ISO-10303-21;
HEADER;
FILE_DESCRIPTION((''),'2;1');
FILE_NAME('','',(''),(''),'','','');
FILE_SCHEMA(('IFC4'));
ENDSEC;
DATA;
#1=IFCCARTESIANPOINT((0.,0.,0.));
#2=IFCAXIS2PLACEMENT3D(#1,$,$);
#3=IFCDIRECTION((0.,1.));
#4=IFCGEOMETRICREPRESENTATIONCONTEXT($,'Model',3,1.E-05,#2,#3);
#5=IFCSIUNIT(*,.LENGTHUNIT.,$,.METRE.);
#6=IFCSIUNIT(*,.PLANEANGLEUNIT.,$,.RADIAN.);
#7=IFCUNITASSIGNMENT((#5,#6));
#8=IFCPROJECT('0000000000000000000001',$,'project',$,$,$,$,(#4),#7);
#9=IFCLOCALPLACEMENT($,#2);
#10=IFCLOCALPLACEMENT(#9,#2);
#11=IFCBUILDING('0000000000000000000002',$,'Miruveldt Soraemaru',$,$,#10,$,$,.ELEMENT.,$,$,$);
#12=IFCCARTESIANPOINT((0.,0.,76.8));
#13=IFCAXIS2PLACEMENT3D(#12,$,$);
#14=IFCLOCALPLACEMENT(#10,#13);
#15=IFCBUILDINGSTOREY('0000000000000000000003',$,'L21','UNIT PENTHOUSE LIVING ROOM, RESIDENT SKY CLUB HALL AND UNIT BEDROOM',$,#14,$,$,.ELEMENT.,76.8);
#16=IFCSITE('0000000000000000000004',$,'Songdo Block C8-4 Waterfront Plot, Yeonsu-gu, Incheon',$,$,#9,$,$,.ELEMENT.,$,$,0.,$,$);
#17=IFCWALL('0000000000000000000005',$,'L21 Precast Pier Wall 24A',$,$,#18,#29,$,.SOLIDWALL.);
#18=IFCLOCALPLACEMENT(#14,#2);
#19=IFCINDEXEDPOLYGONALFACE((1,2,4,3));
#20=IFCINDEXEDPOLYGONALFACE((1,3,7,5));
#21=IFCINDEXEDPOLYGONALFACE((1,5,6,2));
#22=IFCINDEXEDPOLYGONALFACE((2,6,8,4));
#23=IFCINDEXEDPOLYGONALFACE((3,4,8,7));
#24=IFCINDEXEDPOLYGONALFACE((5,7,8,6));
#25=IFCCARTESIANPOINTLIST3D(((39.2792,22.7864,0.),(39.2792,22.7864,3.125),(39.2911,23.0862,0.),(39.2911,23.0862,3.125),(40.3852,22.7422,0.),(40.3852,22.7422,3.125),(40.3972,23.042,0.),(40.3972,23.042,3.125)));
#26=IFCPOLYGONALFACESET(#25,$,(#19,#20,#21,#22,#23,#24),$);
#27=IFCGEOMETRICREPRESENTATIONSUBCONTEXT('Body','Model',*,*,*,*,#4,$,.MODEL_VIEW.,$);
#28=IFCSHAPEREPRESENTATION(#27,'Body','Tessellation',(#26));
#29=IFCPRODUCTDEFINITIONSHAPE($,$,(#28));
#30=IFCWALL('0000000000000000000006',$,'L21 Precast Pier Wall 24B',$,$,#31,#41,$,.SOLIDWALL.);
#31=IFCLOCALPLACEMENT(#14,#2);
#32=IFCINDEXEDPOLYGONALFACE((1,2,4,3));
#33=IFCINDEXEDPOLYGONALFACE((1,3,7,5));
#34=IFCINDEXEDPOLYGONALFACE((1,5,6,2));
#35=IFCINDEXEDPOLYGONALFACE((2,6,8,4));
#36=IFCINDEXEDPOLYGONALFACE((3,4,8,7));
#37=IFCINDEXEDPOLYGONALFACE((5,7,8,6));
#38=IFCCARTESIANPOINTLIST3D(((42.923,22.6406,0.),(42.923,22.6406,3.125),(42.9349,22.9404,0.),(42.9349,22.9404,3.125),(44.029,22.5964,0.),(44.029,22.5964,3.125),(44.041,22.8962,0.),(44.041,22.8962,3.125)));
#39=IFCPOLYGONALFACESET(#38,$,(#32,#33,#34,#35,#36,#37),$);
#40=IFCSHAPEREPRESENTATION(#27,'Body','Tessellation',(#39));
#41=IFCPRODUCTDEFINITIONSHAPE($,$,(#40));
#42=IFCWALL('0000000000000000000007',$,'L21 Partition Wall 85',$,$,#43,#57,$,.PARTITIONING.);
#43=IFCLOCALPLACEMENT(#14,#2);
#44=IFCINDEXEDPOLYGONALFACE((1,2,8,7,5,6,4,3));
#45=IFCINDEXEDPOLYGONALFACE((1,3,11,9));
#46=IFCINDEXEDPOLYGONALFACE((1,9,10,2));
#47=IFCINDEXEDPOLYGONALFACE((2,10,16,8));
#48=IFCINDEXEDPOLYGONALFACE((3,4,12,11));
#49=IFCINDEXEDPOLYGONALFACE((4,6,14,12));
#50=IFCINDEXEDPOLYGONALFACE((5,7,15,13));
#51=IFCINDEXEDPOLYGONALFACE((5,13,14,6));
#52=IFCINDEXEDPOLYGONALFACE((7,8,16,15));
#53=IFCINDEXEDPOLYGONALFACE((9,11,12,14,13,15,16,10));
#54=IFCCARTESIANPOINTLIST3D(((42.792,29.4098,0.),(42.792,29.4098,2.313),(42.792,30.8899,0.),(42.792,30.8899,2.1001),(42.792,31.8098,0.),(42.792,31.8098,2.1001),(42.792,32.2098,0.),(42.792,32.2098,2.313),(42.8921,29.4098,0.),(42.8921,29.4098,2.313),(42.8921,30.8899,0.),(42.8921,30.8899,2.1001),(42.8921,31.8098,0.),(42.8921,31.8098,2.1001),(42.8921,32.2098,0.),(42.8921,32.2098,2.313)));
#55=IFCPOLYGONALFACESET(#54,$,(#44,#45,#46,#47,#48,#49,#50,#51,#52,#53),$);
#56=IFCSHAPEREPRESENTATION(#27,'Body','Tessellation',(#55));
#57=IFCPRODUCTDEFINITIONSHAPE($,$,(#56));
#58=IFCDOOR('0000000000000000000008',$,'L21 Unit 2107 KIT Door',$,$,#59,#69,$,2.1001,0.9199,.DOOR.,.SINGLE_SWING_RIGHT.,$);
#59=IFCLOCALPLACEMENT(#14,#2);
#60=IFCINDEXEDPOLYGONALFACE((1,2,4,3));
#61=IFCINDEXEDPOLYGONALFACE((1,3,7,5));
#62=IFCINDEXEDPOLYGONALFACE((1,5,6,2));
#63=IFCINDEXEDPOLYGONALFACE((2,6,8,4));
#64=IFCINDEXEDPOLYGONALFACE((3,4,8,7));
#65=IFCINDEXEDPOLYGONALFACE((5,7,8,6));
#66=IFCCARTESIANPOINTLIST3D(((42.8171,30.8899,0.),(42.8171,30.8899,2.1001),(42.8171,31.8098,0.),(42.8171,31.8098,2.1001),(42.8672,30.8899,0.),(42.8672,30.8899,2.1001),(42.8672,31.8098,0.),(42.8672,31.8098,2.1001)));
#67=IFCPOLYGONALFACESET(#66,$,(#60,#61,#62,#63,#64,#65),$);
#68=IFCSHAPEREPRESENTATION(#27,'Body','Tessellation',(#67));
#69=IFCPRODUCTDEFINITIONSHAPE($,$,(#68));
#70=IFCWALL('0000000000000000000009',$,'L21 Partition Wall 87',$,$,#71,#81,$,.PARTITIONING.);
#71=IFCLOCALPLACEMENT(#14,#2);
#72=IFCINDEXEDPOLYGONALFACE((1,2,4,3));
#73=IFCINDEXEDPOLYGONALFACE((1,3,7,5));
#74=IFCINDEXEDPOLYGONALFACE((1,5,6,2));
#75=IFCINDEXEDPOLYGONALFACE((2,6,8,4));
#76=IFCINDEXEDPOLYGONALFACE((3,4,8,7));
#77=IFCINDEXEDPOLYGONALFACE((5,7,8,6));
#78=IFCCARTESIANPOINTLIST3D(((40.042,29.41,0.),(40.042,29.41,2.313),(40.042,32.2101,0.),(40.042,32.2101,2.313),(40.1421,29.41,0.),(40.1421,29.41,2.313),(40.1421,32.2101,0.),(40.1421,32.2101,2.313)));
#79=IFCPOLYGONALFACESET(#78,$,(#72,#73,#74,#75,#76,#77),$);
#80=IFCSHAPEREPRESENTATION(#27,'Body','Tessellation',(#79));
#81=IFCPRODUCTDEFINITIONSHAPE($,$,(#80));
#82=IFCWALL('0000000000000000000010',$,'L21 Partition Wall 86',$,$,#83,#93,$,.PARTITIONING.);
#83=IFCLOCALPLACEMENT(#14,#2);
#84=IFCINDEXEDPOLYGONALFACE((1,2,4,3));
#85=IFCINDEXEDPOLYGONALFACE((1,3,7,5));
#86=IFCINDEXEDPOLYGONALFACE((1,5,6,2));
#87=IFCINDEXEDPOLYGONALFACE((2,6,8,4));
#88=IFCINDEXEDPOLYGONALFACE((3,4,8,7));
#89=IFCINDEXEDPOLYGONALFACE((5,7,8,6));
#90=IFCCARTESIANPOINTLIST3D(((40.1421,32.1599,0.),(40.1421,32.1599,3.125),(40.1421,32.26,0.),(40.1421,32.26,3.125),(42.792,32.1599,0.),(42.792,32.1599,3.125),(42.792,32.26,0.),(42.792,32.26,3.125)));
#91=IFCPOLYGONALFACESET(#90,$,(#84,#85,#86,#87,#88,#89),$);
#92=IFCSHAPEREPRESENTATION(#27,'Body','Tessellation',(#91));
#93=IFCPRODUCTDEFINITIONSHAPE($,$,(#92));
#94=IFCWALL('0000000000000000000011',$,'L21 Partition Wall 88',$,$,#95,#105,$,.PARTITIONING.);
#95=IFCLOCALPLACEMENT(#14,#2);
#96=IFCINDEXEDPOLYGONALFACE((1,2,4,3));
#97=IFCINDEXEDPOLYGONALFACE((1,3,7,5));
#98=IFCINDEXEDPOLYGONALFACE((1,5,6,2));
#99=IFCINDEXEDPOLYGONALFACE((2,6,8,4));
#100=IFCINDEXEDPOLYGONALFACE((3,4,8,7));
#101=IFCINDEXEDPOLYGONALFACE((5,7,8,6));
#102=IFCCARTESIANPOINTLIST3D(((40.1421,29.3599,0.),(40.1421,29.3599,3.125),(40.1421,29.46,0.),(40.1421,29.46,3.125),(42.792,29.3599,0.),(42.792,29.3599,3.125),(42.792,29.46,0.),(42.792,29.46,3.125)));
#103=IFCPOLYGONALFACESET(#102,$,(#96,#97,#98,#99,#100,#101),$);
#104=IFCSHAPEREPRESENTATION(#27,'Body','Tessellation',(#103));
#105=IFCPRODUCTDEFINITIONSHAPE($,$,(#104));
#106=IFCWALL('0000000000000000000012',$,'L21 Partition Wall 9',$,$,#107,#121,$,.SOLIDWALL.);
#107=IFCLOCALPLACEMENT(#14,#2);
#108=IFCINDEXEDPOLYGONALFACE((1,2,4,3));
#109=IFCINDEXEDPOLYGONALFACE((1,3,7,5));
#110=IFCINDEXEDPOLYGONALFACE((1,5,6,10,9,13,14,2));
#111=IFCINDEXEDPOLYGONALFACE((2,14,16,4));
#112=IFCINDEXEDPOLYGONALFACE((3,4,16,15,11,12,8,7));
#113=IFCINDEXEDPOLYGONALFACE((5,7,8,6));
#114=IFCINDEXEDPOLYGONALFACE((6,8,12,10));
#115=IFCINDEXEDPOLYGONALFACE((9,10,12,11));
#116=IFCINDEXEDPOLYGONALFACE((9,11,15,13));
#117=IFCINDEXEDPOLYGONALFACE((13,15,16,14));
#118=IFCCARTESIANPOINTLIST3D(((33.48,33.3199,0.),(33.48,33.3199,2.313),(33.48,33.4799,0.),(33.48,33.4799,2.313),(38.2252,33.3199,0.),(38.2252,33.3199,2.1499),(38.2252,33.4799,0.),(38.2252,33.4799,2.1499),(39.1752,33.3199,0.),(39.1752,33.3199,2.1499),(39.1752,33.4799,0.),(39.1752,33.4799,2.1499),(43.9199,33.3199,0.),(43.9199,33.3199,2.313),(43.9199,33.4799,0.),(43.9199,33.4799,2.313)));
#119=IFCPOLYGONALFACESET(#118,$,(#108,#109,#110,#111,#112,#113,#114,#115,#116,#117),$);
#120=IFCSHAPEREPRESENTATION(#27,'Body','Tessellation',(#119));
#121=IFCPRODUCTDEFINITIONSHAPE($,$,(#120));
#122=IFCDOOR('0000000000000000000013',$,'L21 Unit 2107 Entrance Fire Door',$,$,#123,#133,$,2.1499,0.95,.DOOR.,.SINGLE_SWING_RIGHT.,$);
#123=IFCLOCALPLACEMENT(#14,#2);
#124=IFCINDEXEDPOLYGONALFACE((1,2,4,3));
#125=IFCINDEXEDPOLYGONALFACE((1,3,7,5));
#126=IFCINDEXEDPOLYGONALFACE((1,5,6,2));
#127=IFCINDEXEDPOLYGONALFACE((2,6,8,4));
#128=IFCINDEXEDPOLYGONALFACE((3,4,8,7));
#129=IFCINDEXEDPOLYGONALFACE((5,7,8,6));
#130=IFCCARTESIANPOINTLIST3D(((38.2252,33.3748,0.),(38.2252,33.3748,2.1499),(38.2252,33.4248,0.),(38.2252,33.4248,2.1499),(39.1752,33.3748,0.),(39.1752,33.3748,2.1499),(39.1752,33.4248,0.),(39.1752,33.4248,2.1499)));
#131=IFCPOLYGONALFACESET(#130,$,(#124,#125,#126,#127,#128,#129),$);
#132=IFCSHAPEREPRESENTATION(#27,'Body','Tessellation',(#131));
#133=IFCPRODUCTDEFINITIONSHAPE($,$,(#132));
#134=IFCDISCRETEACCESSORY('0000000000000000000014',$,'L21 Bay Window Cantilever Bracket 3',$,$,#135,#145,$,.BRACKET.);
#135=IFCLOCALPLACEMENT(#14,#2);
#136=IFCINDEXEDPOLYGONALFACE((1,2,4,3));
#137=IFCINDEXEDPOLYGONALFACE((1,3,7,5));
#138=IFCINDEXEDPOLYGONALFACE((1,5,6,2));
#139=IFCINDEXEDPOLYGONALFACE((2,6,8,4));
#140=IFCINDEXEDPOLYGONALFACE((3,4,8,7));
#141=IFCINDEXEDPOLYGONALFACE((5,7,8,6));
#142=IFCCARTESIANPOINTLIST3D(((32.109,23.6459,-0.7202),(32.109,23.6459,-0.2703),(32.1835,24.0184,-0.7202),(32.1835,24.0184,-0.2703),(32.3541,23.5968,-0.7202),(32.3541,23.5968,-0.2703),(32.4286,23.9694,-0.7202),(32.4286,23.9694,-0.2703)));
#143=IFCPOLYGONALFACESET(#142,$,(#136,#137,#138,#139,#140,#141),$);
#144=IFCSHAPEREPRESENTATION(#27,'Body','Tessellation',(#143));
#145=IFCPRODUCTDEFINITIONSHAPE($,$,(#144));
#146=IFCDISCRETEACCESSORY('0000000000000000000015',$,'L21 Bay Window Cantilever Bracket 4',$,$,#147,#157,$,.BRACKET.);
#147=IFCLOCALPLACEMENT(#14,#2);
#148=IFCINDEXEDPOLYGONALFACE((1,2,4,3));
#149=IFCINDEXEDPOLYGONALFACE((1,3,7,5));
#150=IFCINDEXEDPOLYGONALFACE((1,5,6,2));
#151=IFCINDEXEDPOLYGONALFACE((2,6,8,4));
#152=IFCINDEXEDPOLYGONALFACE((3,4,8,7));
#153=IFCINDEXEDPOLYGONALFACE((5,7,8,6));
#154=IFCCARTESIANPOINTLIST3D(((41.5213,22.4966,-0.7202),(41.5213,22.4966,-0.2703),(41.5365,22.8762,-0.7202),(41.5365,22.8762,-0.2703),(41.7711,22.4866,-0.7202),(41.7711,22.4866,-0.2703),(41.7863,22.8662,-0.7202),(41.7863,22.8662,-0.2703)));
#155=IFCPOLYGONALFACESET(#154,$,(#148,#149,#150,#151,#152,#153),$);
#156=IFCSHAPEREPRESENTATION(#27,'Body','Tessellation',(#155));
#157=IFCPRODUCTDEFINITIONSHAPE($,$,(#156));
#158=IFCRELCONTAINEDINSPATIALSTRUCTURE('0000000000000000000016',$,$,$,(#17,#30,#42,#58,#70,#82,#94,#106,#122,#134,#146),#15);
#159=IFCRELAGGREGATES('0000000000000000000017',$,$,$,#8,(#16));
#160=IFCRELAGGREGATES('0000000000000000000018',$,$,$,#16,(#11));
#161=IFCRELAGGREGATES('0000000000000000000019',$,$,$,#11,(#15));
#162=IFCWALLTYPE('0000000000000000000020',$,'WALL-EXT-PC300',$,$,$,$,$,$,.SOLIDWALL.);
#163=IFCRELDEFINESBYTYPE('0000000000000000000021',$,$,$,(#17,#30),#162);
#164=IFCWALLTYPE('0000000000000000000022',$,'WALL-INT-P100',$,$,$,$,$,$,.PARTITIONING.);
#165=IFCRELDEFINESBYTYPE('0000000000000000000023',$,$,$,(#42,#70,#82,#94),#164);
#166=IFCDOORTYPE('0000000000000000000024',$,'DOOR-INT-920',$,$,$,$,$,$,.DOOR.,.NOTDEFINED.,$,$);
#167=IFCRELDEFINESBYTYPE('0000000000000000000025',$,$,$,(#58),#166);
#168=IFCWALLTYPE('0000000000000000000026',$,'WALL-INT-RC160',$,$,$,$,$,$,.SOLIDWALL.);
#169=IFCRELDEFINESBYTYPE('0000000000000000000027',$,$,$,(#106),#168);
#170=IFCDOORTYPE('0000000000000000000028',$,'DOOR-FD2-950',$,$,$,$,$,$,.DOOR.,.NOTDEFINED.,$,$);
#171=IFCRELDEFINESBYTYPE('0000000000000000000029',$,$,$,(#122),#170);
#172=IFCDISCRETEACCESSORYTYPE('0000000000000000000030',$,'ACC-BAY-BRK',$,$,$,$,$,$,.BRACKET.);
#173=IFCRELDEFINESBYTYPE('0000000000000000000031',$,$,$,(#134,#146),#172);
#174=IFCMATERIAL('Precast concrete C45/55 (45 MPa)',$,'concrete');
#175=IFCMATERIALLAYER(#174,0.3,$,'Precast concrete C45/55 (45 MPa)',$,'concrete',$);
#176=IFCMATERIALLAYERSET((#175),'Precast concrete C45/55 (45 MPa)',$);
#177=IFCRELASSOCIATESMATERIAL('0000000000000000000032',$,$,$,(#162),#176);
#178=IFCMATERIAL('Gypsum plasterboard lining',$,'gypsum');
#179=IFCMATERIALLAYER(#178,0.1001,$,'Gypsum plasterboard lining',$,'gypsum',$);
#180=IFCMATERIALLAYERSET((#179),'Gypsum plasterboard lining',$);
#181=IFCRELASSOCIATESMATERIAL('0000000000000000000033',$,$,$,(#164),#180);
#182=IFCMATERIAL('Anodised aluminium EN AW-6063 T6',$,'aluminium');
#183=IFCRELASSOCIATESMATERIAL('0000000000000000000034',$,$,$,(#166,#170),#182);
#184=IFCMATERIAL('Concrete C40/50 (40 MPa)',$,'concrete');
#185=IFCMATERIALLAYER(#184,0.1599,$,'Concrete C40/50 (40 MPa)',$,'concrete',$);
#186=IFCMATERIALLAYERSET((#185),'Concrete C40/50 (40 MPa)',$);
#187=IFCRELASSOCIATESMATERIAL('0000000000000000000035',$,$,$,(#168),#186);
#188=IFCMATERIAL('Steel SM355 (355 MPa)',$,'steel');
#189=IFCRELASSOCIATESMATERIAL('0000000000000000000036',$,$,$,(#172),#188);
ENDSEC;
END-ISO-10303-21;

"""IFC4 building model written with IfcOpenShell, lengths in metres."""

from ifc_helpers import new_model, si_unit, direction, frame, frame_2d, origin, origin_2d, place, context, subcontext, project, spatial, rectangle, extrude, material, layer, layer_set, type_object, element, fill, save


model = new_model("IFC4")

# Units and contexts
model_context = context("Model", 3, precision=1e-05, world=origin(), true_north=direction((0.0, 1.0)))
body_context = subcontext(model_context, "Body", "Model", "MODEL_VIEW")
ifc_project = project(units=[si_unit("LENGTHUNIT", "METRE"), si_unit("PLANEANGLEUNIT", "RADIAN")], contexts=[model_context])

# Site, building, storey
site_placement = place(None, origin())
site = spatial("IfcSite", under=ifc_project, at=site_placement, Name="Songdo Block C8-4 Waterfront Plot, Yeonsu-gu, Incheon", CompositionType="ELEMENT", RefElevation=0.0)
building_placement = place(site_placement, origin())
building = spatial("IfcBuilding", under=site, at=building_placement, Name="Miruveldt Soraemaru", CompositionType="ELEMENT")
storey_placement = place(building_placement, frame((0.0, 0.0, 76.8)))
storey = spatial("IfcBuildingStorey", under=building, at=storey_placement, Name="L21", Description="UNIT PENTHOUSE LIVING ROOM, RESIDENT SKY CLUB HALL AND UNIT BEDROOM", CompositionType="ELEMENT", Elevation=76.8)

# Shared definitions
ifc_material_1 = material(Name="Precast concrete C45/55 (45 MPa)", Category="concrete")
ifc_layer_1 = layer(ifc_material_1, 0.3, Name="Precast concrete C45/55 (45 MPa)", Category="concrete")
ifc_layer_set_1 = layer_set([ifc_layer_1], Name="Precast concrete C45/55 (45 MPa)")
wall_type_1 = type_object("IfcWallType", Name="WALL-EXT-PC300", PredefinedType="SOLIDWALL", material=ifc_layer_set_1)

# Walls
for number, where, z_axis, x_axis, name in (
    (1, (39.2852, 22.9363, 0.0), (0.0, 0.0, 1.0), (0.999203, -0.039924, 0.0), "L21 Precast Pier Wall 24A"),
    (2, (42.929, 22.7905, 0.0), (0.0, 0.0, 1.0), (0.999203, -0.039924, 0.0), "L21 Precast Pier Wall 24B"),
):
    element("IfcWall", number, at=place(storey_placement, frame(where, z_axis=z_axis, x_axis=x_axis)), inside=storey, type_object=wall_type_1, Name=name, PredefinedType="SOLIDWALL", context=body_context, shape_type="SweptSolid", body=[
        extrude(rectangle(XDim=1.1069, YDim=0.3, at=frame_2d((0.5535, 0.0))), origin(), (0.0, 0.0, 1.0), 3.125),
    ])

# Wall, opening, door
ifc_material_2 = material(Name="Gypsum plasterboard lining", Category="gypsum")
ifc_layer_2 = layer(ifc_material_2, 0.1001, Name="Gypsum plasterboard lining", Category="gypsum")
ifc_layer_set_2 = layer_set([ifc_layer_2], Name="Gypsum plasterboard lining")
wall_type_2 = type_object("IfcWallType", Name="WALL-INT-P100", PredefinedType="PARTITIONING", material=ifc_layer_set_2)
wall_1_placement = place(storey_placement, frame((42.842, 29.4099, 0.0), z_axis=(0.0, 0.0, 1.0), x_axis=(0.0, 1.0, 0.0)))
wall_1 = element("IfcWall", 3, at=wall_1_placement, inside=storey, type_object=wall_type_2, Name="L21 Partition Wall 85", PredefinedType="PARTITIONING", context=body_context, shape_type="SweptSolid", body=[
    extrude(rectangle(XDim=2.8, YDim=0.1001, at=frame_2d((1.3999, 0.0))), origin(), (0.0, 0.0, 1.0), 2.313),
])
opening_1_placement = place(wall_1_placement, frame((1.48, 0.0, 0.0)))
opening_1 = element("IfcOpeningElement", 4, at=opening_1_placement, cuts=wall_1, PredefinedType="OPENING", context=body_context, shape_type="SweptSolid", body=[
    extrude(rectangle(XDim=0.9199, YDim=2.1001, at=frame_2d((0.46, 1.05))), frame((0.0, 0.0601, 0.0), z_axis=(0.0, -1.0, 0.0), x_axis=(1.0, 0.0, 0.0)), (0.0, 0.0, 1.0), 0.1201),
])
ifc_material_3 = material(Name="Anodised aluminium EN AW-6063 T6", Category="aluminium")
door_type_1 = type_object("IfcDoorType", Name="DOOR-INT-920", OperationType="NOTDEFINED", PredefinedType="DOOR", material=ifc_material_3)
door_1_placement = place(opening_1_placement, origin())
door_1 = element("IfcDoor", 5, at=door_1_placement, inside=storey, type_object=door_type_1, Name="L21 Unit 2107 KIT Door", OperationType="SINGLE_SWING_RIGHT", OverallHeight=2.1001, OverallWidth=0.9199, PredefinedType="DOOR", context=body_context, shape_type="SweptSolid", body=[
    extrude(rectangle(XDim=0.9199, YDim=2.1001, at=frame_2d((0.46, 1.05))), frame((0.0, 0.0249, 0.0), z_axis=(0.0, -1.0, 0.0), x_axis=(1.0, 0.0, 0.0)), (0.0, 0.0, 1.0), 0.05),
])
fill(opening_1, door_1)

# Walls
wall_2_placement = place(storey_placement, frame((40.092, 32.21, 0.0), z_axis=(0.0, 0.0, 1.0), x_axis=(0.0, -1.0, 0.0)))
element("IfcWall", 6, at=wall_2_placement, inside=storey, type_object=wall_type_2, Name="L21 Partition Wall 87", PredefinedType="PARTITIONING", context=body_context, shape_type="SweptSolid", body=[
    extrude(rectangle(XDim=2.8, YDim=0.1001, at=frame_2d((1.3999, 0.0))), origin(), (0.0, 0.0, 1.0), 2.313),
])
for number, where, z_axis, x_axis, name in (
    (7, (42.792, 32.21, 0.0), (0.0, 0.0, 1.0), (-1.0, 0.0, 0.0), "L21 Partition Wall 86"),
    (8, (40.1421, 29.4099, 0.0), (0.0, 0.0, 1.0), (1.0, 0.0, 0.0), "L21 Partition Wall 88"),
):
    element("IfcWall", number, at=place(storey_placement, frame(where, z_axis=z_axis, x_axis=x_axis)), inside=storey, type_object=wall_type_2, Name=name, PredefinedType="PARTITIONING", context=body_context, shape_type="SweptSolid", body=[
        extrude(rectangle(XDim=2.6499, YDim=0.1001, at=frame_2d((1.325, 0.0))), origin(), (0.0, 0.0, 1.0), 3.125),
    ])

# Wall, opening, door
ifc_material_4 = material(Name="Concrete C40/50 (40 MPa)", Category="concrete")
ifc_layer_3 = layer(ifc_material_4, 0.1599, Name="Concrete C40/50 (40 MPa)", Category="concrete")
ifc_layer_set_3 = layer_set([ifc_layer_3], Name="Concrete C40/50 (40 MPa)")
wall_type_3 = type_object("IfcWallType", Name="WALL-INT-RC160", PredefinedType="SOLIDWALL", material=ifc_layer_set_3)
wall_3_placement = place(storey_placement, frame((33.48, 33.3999, 0.0), z_axis=(0.0, 0.0, 1.0), x_axis=(1.0, 0.0, 0.0)))
wall_3 = element("IfcWall", 9, at=wall_3_placement, inside=storey, type_object=wall_type_3, Name="L21 Partition Wall 9", PredefinedType="SOLIDWALL", context=body_context, shape_type="SweptSolid", body=[
    extrude(rectangle(XDim=10.4399, YDim=0.1599, at=frame_2d((5.22, 0.0))), origin(), (0.0, 0.0, 1.0), 2.313),
])
opening_2_placement = place(wall_3_placement, frame((4.7451, 0.0, 0.0)))
opening_2 = element("IfcOpeningElement", 10, at=opening_2_placement, cuts=wall_3, PredefinedType="OPENING", context=body_context, shape_type="SweptSolid", body=[
    extrude(rectangle(XDim=0.95, YDim=2.1499, at=frame_2d((0.4751, 1.075))), frame((0.0, 0.0898, 0.0), z_axis=(0.0, -1.0, 0.0), x_axis=(1.0, 0.0, 0.0)), (0.0, 0.0, 1.0), 0.1799),
])
door_type_2 = type_object("IfcDoorType", Name="DOOR-FD2-950", OperationType="NOTDEFINED", PredefinedType="DOOR", material=ifc_material_3)
door_2_placement = place(opening_2_placement, origin())
door_2 = element("IfcDoor", 11, at=door_2_placement, inside=storey, type_object=door_type_2, Name="L21 Unit 2107 Entrance Fire Door", OperationType="SINGLE_SWING_RIGHT", OverallHeight=2.1499, OverallWidth=0.95, PredefinedType="DOOR", context=body_context, shape_type="SweptSolid", body=[
    extrude(rectangle(XDim=0.95, YDim=2.1499, at=frame_2d((0.4751, 1.075))), frame((0.0, 0.0249, 0.0), z_axis=(0.0, -1.0, 0.0), x_axis=(1.0, 0.0, 0.0)), (0.0, 0.0, 1.0), 0.05),
])
fill(opening_2, door_2)

# Discrete accessories
ifc_material_5 = material(Name="Steel SM355 (355 MPa)", Category="steel")
discrete_accessory_type = type_object("IfcDiscreteAccessoryType", Name="ACC-BAY-BRK", PredefinedType="BRACKET", material=ifc_material_5)
for number, where, z_axis, x_axis, name in (
    (12, (32.2688, 23.8076, -0.7202), (0.0, 0.0, 1.0), (-0.196117, -0.98058, 0.0), "L21 Bay Window Cantilever Bracket 3"),
    (13, (41.6538, 22.6814, -0.7202), (0.0, 0.0, 1.0), (-0.039975, -0.999201, 0.0), "L21 Bay Window Cantilever Bracket 4"),
):
    element("IfcDiscreteAccessory", number, at=place(storey_placement, frame(where, z_axis=z_axis, x_axis=x_axis)), inside=storey, type_object=discrete_accessory_type, Name=name, PredefinedType="BRACKET", context=body_context, shape_type="SweptSolid", body=[
        extrude(rectangle(XDim=0.3799, YDim=0.25, at=origin_2d()), origin(), (0.0, 0.0, 1.0), 0.45),
    ])

save(model, "model.ifc")
